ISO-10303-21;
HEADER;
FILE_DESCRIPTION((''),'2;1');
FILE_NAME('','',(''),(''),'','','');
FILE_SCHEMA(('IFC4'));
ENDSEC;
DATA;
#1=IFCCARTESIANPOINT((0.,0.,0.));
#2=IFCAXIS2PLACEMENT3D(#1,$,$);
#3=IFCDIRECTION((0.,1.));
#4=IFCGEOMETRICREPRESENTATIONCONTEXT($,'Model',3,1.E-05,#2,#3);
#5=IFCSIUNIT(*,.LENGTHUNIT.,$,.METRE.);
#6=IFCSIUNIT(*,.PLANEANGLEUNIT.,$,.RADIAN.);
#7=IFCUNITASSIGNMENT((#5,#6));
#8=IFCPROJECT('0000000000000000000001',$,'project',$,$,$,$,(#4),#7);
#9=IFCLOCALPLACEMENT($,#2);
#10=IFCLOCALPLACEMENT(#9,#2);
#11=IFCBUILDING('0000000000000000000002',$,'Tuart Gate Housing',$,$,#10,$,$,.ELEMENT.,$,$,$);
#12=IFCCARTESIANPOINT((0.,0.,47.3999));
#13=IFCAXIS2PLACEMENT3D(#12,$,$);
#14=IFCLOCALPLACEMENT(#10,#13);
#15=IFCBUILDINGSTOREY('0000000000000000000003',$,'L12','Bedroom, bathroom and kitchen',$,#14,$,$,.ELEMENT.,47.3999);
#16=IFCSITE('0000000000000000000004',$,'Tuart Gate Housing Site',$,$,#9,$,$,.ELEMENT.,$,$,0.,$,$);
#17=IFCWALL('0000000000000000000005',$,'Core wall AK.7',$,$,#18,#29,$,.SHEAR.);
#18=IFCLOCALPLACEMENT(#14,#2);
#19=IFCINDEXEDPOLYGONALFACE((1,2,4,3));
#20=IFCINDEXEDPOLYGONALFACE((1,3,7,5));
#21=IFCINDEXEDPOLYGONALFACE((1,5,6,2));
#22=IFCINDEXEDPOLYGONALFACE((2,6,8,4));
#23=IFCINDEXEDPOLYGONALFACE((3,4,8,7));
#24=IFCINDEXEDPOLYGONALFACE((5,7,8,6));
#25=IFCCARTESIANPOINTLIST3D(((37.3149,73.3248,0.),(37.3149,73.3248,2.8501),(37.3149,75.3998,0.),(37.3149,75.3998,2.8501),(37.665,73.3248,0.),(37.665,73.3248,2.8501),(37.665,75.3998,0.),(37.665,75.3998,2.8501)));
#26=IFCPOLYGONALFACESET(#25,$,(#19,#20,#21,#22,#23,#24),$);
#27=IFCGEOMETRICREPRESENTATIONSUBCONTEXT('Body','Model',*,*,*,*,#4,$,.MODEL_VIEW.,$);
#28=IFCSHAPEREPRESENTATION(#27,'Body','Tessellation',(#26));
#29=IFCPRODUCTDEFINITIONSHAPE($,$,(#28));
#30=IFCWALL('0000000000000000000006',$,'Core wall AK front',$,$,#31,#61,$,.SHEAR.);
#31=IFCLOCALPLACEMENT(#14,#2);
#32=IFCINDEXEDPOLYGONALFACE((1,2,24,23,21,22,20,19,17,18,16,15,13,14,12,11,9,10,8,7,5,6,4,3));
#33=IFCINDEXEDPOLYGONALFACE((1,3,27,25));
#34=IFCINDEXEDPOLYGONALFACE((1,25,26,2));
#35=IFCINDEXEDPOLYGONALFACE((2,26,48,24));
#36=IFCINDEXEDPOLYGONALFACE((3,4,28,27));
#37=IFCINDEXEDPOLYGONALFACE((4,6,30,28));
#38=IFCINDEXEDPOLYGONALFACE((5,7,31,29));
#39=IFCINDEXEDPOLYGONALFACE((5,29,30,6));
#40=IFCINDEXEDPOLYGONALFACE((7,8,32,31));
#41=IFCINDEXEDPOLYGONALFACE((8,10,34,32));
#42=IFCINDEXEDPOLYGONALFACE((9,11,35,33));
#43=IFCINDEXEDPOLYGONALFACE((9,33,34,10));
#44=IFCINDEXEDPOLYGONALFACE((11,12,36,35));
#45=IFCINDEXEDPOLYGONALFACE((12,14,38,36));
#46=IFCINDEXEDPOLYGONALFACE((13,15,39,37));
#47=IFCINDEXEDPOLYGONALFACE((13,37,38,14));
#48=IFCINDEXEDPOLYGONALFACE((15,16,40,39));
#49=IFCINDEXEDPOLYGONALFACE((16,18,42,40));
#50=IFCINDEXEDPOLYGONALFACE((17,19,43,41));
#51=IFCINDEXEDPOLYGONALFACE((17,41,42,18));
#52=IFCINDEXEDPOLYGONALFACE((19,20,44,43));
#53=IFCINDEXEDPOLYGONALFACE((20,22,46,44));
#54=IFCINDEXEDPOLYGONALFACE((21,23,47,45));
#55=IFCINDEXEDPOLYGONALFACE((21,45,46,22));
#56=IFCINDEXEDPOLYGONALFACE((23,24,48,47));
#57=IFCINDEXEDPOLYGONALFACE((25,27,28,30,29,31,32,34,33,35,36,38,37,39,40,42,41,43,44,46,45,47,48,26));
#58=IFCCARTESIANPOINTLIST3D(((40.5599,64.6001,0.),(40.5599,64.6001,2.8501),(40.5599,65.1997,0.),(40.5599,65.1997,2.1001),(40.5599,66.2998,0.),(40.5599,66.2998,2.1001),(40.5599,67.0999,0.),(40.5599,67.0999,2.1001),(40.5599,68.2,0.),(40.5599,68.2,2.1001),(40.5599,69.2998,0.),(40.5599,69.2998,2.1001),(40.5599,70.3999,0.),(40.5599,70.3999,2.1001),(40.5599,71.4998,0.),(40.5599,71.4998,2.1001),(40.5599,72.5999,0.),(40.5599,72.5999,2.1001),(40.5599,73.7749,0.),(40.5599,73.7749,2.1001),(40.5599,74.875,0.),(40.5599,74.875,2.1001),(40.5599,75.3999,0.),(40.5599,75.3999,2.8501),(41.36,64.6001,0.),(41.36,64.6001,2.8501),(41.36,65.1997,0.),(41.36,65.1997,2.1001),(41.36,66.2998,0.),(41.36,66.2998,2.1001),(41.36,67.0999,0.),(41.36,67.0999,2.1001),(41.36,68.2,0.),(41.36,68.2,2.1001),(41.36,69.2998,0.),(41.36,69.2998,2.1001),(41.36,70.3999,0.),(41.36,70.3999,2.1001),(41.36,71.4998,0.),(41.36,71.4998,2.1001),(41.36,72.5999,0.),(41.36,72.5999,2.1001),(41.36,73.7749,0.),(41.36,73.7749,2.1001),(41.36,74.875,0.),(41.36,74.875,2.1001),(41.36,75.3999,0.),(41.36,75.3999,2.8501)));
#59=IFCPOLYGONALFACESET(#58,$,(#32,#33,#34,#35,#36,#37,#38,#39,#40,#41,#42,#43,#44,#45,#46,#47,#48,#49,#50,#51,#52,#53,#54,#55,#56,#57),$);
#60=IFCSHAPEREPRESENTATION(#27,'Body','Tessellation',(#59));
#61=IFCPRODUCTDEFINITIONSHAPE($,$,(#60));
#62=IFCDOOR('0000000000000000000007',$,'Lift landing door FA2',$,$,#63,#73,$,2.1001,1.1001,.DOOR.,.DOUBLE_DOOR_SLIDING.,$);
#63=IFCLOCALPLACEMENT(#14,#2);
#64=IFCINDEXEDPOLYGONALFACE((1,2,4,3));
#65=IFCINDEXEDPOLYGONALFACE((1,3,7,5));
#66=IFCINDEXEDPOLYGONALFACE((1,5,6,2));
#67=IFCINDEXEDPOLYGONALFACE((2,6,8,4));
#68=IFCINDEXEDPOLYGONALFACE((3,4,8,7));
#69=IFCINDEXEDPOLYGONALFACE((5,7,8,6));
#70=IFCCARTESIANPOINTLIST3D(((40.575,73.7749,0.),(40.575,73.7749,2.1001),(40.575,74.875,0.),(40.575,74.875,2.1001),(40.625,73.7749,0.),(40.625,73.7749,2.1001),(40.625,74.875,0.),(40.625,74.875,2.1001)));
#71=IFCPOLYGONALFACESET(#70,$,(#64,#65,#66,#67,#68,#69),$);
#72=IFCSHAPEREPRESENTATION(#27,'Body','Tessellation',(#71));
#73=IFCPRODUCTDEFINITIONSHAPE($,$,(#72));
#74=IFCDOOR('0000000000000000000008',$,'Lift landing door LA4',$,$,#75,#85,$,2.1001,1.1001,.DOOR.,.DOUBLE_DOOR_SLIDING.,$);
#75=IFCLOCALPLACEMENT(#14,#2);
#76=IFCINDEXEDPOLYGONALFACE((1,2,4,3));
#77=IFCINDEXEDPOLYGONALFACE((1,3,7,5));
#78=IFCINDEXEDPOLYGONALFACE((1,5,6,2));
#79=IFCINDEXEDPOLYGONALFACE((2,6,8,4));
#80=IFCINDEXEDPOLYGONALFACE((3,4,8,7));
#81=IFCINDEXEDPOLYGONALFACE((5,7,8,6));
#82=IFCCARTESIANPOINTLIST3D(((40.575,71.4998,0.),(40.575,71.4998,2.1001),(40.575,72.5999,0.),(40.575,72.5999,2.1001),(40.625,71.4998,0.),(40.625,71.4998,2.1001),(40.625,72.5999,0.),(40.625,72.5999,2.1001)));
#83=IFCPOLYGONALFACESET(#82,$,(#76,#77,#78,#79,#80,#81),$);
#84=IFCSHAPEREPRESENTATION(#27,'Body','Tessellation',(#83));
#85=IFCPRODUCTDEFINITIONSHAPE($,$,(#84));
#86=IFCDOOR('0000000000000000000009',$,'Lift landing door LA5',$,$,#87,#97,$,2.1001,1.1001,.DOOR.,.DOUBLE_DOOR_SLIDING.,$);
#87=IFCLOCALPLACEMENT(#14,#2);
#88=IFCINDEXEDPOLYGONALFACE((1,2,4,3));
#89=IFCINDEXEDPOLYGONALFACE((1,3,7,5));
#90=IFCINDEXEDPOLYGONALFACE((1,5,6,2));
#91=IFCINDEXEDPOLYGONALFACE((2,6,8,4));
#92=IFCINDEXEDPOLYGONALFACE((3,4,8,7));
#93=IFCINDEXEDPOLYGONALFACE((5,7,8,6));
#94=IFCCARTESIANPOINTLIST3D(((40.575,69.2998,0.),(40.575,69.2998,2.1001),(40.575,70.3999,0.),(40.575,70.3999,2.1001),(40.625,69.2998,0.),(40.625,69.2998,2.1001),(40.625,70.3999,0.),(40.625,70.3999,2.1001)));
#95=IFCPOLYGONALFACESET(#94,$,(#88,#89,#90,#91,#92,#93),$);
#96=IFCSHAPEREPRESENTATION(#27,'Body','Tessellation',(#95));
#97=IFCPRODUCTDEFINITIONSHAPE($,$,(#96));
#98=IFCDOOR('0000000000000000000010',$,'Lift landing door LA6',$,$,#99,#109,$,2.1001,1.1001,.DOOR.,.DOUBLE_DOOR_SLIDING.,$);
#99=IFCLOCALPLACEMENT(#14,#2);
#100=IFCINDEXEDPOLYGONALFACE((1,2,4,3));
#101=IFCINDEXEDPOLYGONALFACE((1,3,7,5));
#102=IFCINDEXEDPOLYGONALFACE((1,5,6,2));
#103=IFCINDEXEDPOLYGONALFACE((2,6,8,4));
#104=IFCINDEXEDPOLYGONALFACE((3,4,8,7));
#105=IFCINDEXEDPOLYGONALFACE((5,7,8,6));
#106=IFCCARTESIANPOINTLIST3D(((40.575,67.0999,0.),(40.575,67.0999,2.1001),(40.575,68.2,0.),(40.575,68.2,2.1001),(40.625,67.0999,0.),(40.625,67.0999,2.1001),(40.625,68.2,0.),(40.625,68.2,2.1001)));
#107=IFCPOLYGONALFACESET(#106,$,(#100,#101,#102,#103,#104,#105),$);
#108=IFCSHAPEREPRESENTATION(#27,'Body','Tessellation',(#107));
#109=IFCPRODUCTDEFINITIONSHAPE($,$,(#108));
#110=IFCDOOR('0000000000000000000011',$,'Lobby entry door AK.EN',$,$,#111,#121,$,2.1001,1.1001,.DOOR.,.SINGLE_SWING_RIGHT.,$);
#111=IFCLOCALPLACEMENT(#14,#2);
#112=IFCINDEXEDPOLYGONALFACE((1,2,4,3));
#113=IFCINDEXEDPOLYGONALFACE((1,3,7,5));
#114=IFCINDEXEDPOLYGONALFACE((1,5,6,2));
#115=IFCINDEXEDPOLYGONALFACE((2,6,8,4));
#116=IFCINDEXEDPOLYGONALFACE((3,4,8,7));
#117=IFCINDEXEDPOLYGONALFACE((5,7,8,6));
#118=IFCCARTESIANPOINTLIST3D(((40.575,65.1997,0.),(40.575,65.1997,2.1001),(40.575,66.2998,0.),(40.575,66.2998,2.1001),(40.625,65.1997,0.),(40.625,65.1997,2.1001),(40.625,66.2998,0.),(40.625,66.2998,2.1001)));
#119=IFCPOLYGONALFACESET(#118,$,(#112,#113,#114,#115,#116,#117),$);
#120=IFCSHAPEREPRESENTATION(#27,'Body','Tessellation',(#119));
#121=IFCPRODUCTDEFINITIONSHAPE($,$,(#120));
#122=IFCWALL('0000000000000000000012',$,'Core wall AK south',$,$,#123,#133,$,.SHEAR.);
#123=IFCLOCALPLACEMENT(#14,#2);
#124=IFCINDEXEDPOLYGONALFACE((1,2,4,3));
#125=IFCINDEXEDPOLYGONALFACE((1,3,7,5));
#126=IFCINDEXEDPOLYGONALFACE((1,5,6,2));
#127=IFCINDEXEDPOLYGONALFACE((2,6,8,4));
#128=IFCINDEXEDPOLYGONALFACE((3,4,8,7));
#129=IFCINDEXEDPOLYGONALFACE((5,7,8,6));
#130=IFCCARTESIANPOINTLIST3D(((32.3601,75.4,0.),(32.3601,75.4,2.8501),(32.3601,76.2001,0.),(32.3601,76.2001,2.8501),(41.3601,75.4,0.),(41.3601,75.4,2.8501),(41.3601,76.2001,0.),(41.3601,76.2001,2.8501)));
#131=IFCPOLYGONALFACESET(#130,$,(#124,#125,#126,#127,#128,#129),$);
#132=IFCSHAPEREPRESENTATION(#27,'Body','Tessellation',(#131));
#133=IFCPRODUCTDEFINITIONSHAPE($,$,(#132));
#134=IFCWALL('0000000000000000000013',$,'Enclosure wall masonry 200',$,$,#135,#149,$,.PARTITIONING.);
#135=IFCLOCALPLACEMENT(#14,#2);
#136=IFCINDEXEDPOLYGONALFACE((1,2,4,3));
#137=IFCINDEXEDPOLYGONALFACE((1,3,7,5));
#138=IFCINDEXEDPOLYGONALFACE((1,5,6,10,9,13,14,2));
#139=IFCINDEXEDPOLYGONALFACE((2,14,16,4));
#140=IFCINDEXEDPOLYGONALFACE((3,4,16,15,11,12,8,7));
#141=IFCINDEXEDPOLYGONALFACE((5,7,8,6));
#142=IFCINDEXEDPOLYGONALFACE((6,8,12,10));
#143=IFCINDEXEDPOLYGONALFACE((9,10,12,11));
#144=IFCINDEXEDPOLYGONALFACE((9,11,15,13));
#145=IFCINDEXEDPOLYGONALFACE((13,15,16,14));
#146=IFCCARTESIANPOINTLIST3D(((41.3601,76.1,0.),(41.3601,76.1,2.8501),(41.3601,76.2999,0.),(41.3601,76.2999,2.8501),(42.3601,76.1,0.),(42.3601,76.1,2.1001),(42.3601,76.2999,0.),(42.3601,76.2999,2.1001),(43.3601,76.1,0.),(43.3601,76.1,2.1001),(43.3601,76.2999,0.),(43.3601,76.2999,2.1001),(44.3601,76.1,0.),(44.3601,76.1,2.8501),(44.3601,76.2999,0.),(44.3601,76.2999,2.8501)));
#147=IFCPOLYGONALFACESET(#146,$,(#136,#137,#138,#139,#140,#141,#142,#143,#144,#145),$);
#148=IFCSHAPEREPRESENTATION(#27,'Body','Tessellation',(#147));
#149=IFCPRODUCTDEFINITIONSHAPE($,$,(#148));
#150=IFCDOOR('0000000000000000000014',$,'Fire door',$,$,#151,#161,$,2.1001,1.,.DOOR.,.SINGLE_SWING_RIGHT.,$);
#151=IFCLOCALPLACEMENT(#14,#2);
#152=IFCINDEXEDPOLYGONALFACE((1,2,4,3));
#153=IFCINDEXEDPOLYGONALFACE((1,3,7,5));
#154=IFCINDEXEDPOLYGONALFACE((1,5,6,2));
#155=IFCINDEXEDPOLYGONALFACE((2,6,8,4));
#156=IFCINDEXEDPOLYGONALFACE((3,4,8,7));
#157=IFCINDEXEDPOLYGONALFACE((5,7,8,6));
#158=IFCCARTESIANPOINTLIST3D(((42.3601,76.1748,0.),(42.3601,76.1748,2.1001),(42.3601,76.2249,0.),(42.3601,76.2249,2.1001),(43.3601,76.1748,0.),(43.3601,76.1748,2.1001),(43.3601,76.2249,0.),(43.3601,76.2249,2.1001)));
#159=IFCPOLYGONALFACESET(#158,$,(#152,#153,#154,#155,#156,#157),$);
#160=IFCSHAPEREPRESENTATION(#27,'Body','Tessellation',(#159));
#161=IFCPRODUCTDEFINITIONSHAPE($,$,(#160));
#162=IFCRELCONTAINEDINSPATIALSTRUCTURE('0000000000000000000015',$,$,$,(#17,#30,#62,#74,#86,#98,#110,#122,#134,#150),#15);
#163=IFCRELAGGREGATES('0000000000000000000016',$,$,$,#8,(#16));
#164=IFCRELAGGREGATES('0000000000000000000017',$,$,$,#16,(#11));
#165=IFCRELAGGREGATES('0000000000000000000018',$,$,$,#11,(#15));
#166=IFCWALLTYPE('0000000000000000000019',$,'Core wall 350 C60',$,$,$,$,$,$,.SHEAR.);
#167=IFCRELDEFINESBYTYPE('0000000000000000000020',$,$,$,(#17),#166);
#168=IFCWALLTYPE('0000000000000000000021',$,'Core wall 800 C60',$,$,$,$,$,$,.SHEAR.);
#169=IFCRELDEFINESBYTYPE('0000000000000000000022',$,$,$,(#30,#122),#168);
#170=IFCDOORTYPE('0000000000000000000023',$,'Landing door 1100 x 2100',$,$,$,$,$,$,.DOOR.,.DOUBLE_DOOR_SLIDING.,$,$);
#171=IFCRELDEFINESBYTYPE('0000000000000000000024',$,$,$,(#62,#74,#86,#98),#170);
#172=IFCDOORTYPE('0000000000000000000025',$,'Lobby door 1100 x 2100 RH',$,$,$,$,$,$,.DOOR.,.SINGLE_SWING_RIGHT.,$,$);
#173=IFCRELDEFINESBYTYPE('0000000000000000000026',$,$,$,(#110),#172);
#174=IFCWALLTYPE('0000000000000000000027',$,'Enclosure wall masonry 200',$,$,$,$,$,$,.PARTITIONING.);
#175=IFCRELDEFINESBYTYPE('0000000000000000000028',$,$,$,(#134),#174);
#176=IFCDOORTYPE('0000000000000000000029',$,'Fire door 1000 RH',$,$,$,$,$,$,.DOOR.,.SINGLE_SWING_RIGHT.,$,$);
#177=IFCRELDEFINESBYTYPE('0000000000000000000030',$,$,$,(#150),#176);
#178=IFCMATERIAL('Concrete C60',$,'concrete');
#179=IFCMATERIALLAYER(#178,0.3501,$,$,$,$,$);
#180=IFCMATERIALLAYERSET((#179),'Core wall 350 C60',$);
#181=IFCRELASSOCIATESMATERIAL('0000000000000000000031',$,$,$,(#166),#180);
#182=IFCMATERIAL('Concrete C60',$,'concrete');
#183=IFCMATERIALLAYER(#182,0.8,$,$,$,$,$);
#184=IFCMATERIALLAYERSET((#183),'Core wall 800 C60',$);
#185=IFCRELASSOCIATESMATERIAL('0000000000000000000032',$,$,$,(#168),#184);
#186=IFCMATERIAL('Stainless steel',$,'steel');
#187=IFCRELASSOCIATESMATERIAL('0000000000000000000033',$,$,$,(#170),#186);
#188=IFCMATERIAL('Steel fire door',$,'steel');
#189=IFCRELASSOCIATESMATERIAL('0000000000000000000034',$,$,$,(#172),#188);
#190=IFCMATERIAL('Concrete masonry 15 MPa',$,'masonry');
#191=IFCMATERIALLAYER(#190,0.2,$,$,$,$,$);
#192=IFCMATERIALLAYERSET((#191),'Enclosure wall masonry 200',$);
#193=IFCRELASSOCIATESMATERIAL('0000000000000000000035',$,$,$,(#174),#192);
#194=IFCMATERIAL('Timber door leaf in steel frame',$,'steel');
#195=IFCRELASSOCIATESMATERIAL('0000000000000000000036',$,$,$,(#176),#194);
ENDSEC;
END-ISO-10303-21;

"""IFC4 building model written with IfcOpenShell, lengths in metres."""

from ifc_helpers import new_model, si_unit, direction, frame, frame_2d, origin, place, context, subcontext, project, spatial, rectangle, extrude, material, layer, layer_set, type_object, element, fill, save


model = new_model("IFC4")

# Units and contexts
model_context = context("Model", 3, precision=1e-05, world=origin(), true_north=direction((0.0, 1.0)))
body_context = subcontext(model_context, "Body", "Model", "MODEL_VIEW")
ifc_project = project(units=[si_unit("LENGTHUNIT", "METRE"), si_unit("PLANEANGLEUNIT", "RADIAN")], contexts=[model_context])

# Site, building, storey
site_placement = place(None, origin())
site = spatial("IfcSite", under=ifc_project, at=site_placement, Name="Tuart Gate Housing Site", CompositionType="ELEMENT", RefElevation=0.0)
building_placement = place(site_placement, origin())
building = spatial("IfcBuilding", under=site, at=building_placement, Name="Tuart Gate Housing", CompositionType="ELEMENT")
storey_placement = place(building_placement, frame((0.0, 0.0, 47.3999)))
storey = spatial("IfcBuildingStorey", under=building, at=storey_placement, Name="L12", Description="Bedroom, bathroom and kitchen", CompositionType="ELEMENT", Elevation=47.3999)

# Wall
ifc_material_1 = material(Name="Concrete C60", Category="concrete")
ifc_layer_1 = layer(ifc_material_1, 0.3501)
ifc_layer_set_1 = layer_set([ifc_layer_1], Name="Core wall 350 C60")
wall_type_1 = type_object("IfcWallType", Name="Core wall 350 C60", PredefinedType="SHEAR", material=ifc_layer_set_1)
wall_1_placement = place(storey_placement, frame((37.49, 75.3999, 0.0), z_axis=(0.0, 0.0, 1.0), x_axis=(0.0, -1.0, 0.0)))
element("IfcWall", 1, at=wall_1_placement, inside=storey, type_object=wall_type_1, Name="Core wall AK.7", PredefinedType="SHEAR", context=body_context, shape_type="SweptSolid", body=[
    extrude(rectangle(XDim=2.075, YDim=0.3501, at=frame_2d((1.0376, 0.0))), origin(), (0.0, 0.0, 1.0), 2.8501),
])

# Wall, openings, doors
ifc_material_2 = material(Name="Concrete C60", Category="concrete")
ifc_layer_2 = layer(ifc_material_2, 0.8)
ifc_layer_set_2 = layer_set([ifc_layer_2], Name="Core wall 800 C60")
wall_type_2 = type_object("IfcWallType", Name="Core wall 800 C60", PredefinedType="SHEAR", material=ifc_layer_set_2)
wall_2_placement = place(storey_placement, frame((40.96, 75.3999, 0.0), z_axis=(0.0, 0.0, 1.0), x_axis=(0.0, -1.0, 0.0)))
wall_2 = element("IfcWall", 2, at=wall_2_placement, inside=storey, type_object=wall_type_2, Name="Core wall AK front", PredefinedType="SHEAR", context=body_context, shape_type="SweptSolid", body=[
    extrude(rectangle(XDim=10.7998, YDim=0.8, at=frame_2d((5.3999, 0.0))), origin(), (0.0, 0.0, 1.0), 2.8501),
])
opening_1_placement = place(wall_2_placement, frame((0.5249, 0.0, 0.0)))
opening_1 = element("IfcOpeningElement", 3, at=opening_1_placement, cuts=wall_2, PredefinedType="OPENING", context=body_context, shape_type="SweptSolid", body=[
    extrude(rectangle(XDim=1.1001, YDim=2.1001, at=frame_2d((0.55, 1.05))), frame((0.0, 0.4099, 0.0), z_axis=(0.0, -1.0, 0.0), x_axis=(1.0, 0.0, 0.0)), (0.0, 0.0, 1.0), 0.8201),
])
opening_2_placement = place(wall_2_placement, frame((2.8, 0.0, 0.0)))
opening_2 = element("IfcOpeningElement", 4, at=opening_2_placement, cuts=wall_2, PredefinedType="OPENING", context=body_context, shape_type="SweptSolid", body=[
    extrude(rectangle(XDim=1.1001, YDim=2.1001, at=frame_2d((0.55, 1.05))), frame((0.0, 0.4099, 0.0), z_axis=(0.0, -1.0, 0.0), x_axis=(1.0, 0.0, 0.0)), (0.0, 0.0, 1.0), 0.8201),
])
opening_3_placement = place(wall_2_placement, frame((5.0, 0.0, 0.0)))
opening_3 = element("IfcOpeningElement", 5, at=opening_3_placement, cuts=wall_2, PredefinedType="OPENING", context=body_context, shape_type="SweptSolid", body=[
    extrude(rectangle(XDim=1.1001, YDim=2.1001, at=frame_2d((0.55, 1.05))), frame((0.0, 0.4099, 0.0), z_axis=(0.0, -1.0, 0.0), x_axis=(1.0, 0.0, 0.0)), (0.0, 0.0, 1.0), 0.8201),
])
opening_4_placement = place(wall_2_placement, frame((7.2, 0.0, 0.0)))
opening_4 = element("IfcOpeningElement", 6, at=opening_4_placement, cuts=wall_2, PredefinedType="OPENING", context=body_context, shape_type="SweptSolid", body=[
    extrude(rectangle(XDim=1.1001, YDim=2.1001, at=frame_2d((0.55, 1.05))), frame((0.0, 0.4099, 0.0), z_axis=(0.0, -1.0, 0.0), x_axis=(1.0, 0.0, 0.0)), (0.0, 0.0, 1.0), 0.8201),
])
opening_5_placement = place(wall_2_placement, frame((9.1001, 0.0, 0.0)))
opening_5 = element("IfcOpeningElement", 7, at=opening_5_placement, cuts=wall_2, PredefinedType="OPENING", context=body_context, shape_type="SweptSolid", body=[
    extrude(rectangle(XDim=1.1001, YDim=2.1001, at=frame_2d((0.55, 1.05))), frame((0.0, 0.4099, 0.0), z_axis=(0.0, -1.0, 0.0), x_axis=(1.0, 0.0, 0.0)), (0.0, 0.0, 1.0), 0.8201),
])
ifc_material_3 = material(Name="Stainless steel", Category="steel")
door_type_1 = type_object("IfcDoorType", Name="Landing door 1100 x 2100", OperationType="DOUBLE_DOOR_SLIDING", PredefinedType="DOOR", material=ifc_material_3)
door_1_placement = place(opening_1_placement, origin())
door_1 = element("IfcDoor", 8, at=door_1_placement, inside=storey, type_object=door_type_1, Name="Lift landing door FA2", OperationType="DOUBLE_DOOR_SLIDING", OverallHeight=2.1001, OverallWidth=1.1001, PredefinedType="DOOR", context=body_context, shape_type="SweptSolid", body=[
    extrude(rectangle(XDim=1.1001, YDim=2.1001, at=frame_2d((0.55, 1.05))), frame((0.0, -0.335, 0.0), z_axis=(0.0, -1.0, 0.0), x_axis=(1.0, 0.0, 0.0)), (0.0, 0.0, 1.0), 0.05),
])
fill(opening_1, door_1)
door_2_placement = place(opening_2_placement, origin())
door_2 = element("IfcDoor", 9, at=door_2_placement, inside=storey, type_object=door_type_1, Name="Lift landing door LA4", OperationType="DOUBLE_DOOR_SLIDING", OverallHeight=2.1001, OverallWidth=1.1001, PredefinedType="DOOR", context=body_context, shape_type="SweptSolid", body=[
    extrude(rectangle(XDim=1.1001, YDim=2.1001, at=frame_2d((0.55, 1.05))), frame((0.0, -0.335, 0.0), z_axis=(0.0, -1.0, 0.0), x_axis=(1.0, 0.0, 0.0)), (0.0, 0.0, 1.0), 0.05),
])
fill(opening_2, door_2)
door_3_placement = place(opening_3_placement, origin())
door_3 = element("IfcDoor", 10, at=door_3_placement, inside=storey, type_object=door_type_1, Name="Lift landing door LA5", OperationType="DOUBLE_DOOR_SLIDING", OverallHeight=2.1001, OverallWidth=1.1001, PredefinedType="DOOR", context=body_context, shape_type="SweptSolid", body=[
    extrude(rectangle(XDim=1.1001, YDim=2.1001, at=frame_2d((0.55, 1.05))), frame((0.0, -0.335, 0.0), z_axis=(0.0, -1.0, 0.0), x_axis=(1.0, 0.0, 0.0)), (0.0, 0.0, 1.0), 0.05),
])
fill(opening_3, door_3)
door_4_placement = place(opening_4_placement, origin())
door_4 = element("IfcDoor", 11, at=door_4_placement, inside=storey, type_object=door_type_1, Name="Lift landing door LA6", OperationType="DOUBLE_DOOR_SLIDING", OverallHeight=2.1001, OverallWidth=1.1001, PredefinedType="DOOR", context=body_context, shape_type="SweptSolid", body=[
    extrude(rectangle(XDim=1.1001, YDim=2.1001, at=frame_2d((0.55, 1.05))), frame((0.0, -0.335, 0.0), z_axis=(0.0, -1.0, 0.0), x_axis=(1.0, 0.0, 0.0)), (0.0, 0.0, 1.0), 0.05),
])
fill(opening_4, door_4)
ifc_material_4 = material(Name="Steel fire door", Category="steel")
door_type_2 = type_object("IfcDoorType", Name="Lobby door 1100 x 2100 RH", OperationType="SINGLE_SWING_RIGHT", PredefinedType="DOOR", material=ifc_material_4)
door_5_placement = place(opening_5_placement, frame((1.1001, 0.0, 0.0), z_axis=(0.0, 0.0, 1.0), x_axis=(-1.0, 0.0, 0.0)))
door_5 = element("IfcDoor", 12, at=door_5_placement, inside=storey, type_object=door_type_2, Name="Lobby entry door AK.EN", OperationType="SINGLE_SWING_RIGHT", OverallHeight=2.1001, OverallWidth=1.1001, PredefinedType="DOOR", context=body_context, shape_type="SweptSolid", body=[
    extrude(rectangle(XDim=1.1001, YDim=2.1001, at=frame_2d((0.55, 1.05))), frame((0.0, 0.385, 0.0), z_axis=(0.0, -1.0, 0.0), x_axis=(1.0, 0.0, 0.0)), (0.0, 0.0, 1.0), 0.05),
])
fill(opening_5, door_5)

# Wall
wall_3_placement = place(storey_placement, frame((41.3601, 75.8, 0.0), z_axis=(0.0, 0.0, 1.0), x_axis=(-1.0, 0.0, 0.0)))
element("IfcWall", 13, at=wall_3_placement, inside=storey, type_object=wall_type_2, Name="Core wall AK south", PredefinedType="SHEAR", context=body_context, shape_type="SweptSolid", body=[
    extrude(rectangle(XDim=9.0, YDim=0.8, at=frame_2d((4.5, 0.0))), origin(), (0.0, 0.0, 1.0), 2.8501),
])

# Wall, opening, door
ifc_material_5 = material(Name="Concrete masonry 15 MPa", Category="masonry")
ifc_layer_3 = layer(ifc_material_5, 0.2)
ifc_layer_set_3 = layer_set([ifc_layer_3], Name="Enclosure wall masonry 200")
wall_type_3 = type_object("IfcWallType", Name="Enclosure wall masonry 200", PredefinedType="PARTITIONING", material=ifc_layer_set_3)
wall_4_placement = place(storey_placement, frame((41.3601, 76.2, 0.0), z_axis=(0.0, 0.0, 1.0), x_axis=(1.0, 0.0, 0.0)))
wall_4 = element("IfcWall", 14, at=wall_4_placement, inside=storey, type_object=wall_type_3, Name="Enclosure wall masonry 200", PredefinedType="PARTITIONING", context=body_context, shape_type="SweptSolid", body=[
    extrude(rectangle(XDim=3.0, YDim=0.2, at=frame_2d((1.5, 0.0))), origin(), (0.0, 0.0, 1.0), 2.8501),
])
opening_6_placement = place(wall_4_placement, frame((1.0, 0.0, 0.0)))
opening_6 = element("IfcOpeningElement", 15, at=opening_6_placement, cuts=wall_4, PredefinedType="OPENING", context=body_context, shape_type="SweptSolid", body=[
    extrude(rectangle(XDim=1.0, YDim=2.1001, at=frame_2d((0.5, 1.05))), frame((0.0, 0.1099, 0.0), z_axis=(0.0, -1.0, 0.0), x_axis=(1.0, 0.0, 0.0)), (0.0, 0.0, 1.0), 0.22),
])
ifc_material_6 = material(Name="Timber door leaf in steel frame", Category="steel")
door_type_3 = type_object("IfcDoorType", Name="Fire door 1000 RH", OperationType="SINGLE_SWING_RIGHT", PredefinedType="DOOR", material=ifc_material_6)
door_6_placement = place(opening_6_placement, origin())
door_6 = element("IfcDoor", 16, at=door_6_placement, inside=storey, type_object=door_type_3, Name="Fire door", OperationType="SINGLE_SWING_RIGHT", OverallHeight=2.1001, OverallWidth=1.0, PredefinedType="DOOR", context=body_context, shape_type="SweptSolid", body=[
    extrude(rectangle(XDim=1.0, YDim=2.1001, at=frame_2d((0.5, 1.05))), frame((0.0, 0.0249, 0.0), z_axis=(0.0, -1.0, 0.0), x_axis=(1.0, 0.0, 0.0)), (0.0, 0.0, 1.0), 0.05),
])
fill(opening_6, door_6)

save(model, "model.ifc")
